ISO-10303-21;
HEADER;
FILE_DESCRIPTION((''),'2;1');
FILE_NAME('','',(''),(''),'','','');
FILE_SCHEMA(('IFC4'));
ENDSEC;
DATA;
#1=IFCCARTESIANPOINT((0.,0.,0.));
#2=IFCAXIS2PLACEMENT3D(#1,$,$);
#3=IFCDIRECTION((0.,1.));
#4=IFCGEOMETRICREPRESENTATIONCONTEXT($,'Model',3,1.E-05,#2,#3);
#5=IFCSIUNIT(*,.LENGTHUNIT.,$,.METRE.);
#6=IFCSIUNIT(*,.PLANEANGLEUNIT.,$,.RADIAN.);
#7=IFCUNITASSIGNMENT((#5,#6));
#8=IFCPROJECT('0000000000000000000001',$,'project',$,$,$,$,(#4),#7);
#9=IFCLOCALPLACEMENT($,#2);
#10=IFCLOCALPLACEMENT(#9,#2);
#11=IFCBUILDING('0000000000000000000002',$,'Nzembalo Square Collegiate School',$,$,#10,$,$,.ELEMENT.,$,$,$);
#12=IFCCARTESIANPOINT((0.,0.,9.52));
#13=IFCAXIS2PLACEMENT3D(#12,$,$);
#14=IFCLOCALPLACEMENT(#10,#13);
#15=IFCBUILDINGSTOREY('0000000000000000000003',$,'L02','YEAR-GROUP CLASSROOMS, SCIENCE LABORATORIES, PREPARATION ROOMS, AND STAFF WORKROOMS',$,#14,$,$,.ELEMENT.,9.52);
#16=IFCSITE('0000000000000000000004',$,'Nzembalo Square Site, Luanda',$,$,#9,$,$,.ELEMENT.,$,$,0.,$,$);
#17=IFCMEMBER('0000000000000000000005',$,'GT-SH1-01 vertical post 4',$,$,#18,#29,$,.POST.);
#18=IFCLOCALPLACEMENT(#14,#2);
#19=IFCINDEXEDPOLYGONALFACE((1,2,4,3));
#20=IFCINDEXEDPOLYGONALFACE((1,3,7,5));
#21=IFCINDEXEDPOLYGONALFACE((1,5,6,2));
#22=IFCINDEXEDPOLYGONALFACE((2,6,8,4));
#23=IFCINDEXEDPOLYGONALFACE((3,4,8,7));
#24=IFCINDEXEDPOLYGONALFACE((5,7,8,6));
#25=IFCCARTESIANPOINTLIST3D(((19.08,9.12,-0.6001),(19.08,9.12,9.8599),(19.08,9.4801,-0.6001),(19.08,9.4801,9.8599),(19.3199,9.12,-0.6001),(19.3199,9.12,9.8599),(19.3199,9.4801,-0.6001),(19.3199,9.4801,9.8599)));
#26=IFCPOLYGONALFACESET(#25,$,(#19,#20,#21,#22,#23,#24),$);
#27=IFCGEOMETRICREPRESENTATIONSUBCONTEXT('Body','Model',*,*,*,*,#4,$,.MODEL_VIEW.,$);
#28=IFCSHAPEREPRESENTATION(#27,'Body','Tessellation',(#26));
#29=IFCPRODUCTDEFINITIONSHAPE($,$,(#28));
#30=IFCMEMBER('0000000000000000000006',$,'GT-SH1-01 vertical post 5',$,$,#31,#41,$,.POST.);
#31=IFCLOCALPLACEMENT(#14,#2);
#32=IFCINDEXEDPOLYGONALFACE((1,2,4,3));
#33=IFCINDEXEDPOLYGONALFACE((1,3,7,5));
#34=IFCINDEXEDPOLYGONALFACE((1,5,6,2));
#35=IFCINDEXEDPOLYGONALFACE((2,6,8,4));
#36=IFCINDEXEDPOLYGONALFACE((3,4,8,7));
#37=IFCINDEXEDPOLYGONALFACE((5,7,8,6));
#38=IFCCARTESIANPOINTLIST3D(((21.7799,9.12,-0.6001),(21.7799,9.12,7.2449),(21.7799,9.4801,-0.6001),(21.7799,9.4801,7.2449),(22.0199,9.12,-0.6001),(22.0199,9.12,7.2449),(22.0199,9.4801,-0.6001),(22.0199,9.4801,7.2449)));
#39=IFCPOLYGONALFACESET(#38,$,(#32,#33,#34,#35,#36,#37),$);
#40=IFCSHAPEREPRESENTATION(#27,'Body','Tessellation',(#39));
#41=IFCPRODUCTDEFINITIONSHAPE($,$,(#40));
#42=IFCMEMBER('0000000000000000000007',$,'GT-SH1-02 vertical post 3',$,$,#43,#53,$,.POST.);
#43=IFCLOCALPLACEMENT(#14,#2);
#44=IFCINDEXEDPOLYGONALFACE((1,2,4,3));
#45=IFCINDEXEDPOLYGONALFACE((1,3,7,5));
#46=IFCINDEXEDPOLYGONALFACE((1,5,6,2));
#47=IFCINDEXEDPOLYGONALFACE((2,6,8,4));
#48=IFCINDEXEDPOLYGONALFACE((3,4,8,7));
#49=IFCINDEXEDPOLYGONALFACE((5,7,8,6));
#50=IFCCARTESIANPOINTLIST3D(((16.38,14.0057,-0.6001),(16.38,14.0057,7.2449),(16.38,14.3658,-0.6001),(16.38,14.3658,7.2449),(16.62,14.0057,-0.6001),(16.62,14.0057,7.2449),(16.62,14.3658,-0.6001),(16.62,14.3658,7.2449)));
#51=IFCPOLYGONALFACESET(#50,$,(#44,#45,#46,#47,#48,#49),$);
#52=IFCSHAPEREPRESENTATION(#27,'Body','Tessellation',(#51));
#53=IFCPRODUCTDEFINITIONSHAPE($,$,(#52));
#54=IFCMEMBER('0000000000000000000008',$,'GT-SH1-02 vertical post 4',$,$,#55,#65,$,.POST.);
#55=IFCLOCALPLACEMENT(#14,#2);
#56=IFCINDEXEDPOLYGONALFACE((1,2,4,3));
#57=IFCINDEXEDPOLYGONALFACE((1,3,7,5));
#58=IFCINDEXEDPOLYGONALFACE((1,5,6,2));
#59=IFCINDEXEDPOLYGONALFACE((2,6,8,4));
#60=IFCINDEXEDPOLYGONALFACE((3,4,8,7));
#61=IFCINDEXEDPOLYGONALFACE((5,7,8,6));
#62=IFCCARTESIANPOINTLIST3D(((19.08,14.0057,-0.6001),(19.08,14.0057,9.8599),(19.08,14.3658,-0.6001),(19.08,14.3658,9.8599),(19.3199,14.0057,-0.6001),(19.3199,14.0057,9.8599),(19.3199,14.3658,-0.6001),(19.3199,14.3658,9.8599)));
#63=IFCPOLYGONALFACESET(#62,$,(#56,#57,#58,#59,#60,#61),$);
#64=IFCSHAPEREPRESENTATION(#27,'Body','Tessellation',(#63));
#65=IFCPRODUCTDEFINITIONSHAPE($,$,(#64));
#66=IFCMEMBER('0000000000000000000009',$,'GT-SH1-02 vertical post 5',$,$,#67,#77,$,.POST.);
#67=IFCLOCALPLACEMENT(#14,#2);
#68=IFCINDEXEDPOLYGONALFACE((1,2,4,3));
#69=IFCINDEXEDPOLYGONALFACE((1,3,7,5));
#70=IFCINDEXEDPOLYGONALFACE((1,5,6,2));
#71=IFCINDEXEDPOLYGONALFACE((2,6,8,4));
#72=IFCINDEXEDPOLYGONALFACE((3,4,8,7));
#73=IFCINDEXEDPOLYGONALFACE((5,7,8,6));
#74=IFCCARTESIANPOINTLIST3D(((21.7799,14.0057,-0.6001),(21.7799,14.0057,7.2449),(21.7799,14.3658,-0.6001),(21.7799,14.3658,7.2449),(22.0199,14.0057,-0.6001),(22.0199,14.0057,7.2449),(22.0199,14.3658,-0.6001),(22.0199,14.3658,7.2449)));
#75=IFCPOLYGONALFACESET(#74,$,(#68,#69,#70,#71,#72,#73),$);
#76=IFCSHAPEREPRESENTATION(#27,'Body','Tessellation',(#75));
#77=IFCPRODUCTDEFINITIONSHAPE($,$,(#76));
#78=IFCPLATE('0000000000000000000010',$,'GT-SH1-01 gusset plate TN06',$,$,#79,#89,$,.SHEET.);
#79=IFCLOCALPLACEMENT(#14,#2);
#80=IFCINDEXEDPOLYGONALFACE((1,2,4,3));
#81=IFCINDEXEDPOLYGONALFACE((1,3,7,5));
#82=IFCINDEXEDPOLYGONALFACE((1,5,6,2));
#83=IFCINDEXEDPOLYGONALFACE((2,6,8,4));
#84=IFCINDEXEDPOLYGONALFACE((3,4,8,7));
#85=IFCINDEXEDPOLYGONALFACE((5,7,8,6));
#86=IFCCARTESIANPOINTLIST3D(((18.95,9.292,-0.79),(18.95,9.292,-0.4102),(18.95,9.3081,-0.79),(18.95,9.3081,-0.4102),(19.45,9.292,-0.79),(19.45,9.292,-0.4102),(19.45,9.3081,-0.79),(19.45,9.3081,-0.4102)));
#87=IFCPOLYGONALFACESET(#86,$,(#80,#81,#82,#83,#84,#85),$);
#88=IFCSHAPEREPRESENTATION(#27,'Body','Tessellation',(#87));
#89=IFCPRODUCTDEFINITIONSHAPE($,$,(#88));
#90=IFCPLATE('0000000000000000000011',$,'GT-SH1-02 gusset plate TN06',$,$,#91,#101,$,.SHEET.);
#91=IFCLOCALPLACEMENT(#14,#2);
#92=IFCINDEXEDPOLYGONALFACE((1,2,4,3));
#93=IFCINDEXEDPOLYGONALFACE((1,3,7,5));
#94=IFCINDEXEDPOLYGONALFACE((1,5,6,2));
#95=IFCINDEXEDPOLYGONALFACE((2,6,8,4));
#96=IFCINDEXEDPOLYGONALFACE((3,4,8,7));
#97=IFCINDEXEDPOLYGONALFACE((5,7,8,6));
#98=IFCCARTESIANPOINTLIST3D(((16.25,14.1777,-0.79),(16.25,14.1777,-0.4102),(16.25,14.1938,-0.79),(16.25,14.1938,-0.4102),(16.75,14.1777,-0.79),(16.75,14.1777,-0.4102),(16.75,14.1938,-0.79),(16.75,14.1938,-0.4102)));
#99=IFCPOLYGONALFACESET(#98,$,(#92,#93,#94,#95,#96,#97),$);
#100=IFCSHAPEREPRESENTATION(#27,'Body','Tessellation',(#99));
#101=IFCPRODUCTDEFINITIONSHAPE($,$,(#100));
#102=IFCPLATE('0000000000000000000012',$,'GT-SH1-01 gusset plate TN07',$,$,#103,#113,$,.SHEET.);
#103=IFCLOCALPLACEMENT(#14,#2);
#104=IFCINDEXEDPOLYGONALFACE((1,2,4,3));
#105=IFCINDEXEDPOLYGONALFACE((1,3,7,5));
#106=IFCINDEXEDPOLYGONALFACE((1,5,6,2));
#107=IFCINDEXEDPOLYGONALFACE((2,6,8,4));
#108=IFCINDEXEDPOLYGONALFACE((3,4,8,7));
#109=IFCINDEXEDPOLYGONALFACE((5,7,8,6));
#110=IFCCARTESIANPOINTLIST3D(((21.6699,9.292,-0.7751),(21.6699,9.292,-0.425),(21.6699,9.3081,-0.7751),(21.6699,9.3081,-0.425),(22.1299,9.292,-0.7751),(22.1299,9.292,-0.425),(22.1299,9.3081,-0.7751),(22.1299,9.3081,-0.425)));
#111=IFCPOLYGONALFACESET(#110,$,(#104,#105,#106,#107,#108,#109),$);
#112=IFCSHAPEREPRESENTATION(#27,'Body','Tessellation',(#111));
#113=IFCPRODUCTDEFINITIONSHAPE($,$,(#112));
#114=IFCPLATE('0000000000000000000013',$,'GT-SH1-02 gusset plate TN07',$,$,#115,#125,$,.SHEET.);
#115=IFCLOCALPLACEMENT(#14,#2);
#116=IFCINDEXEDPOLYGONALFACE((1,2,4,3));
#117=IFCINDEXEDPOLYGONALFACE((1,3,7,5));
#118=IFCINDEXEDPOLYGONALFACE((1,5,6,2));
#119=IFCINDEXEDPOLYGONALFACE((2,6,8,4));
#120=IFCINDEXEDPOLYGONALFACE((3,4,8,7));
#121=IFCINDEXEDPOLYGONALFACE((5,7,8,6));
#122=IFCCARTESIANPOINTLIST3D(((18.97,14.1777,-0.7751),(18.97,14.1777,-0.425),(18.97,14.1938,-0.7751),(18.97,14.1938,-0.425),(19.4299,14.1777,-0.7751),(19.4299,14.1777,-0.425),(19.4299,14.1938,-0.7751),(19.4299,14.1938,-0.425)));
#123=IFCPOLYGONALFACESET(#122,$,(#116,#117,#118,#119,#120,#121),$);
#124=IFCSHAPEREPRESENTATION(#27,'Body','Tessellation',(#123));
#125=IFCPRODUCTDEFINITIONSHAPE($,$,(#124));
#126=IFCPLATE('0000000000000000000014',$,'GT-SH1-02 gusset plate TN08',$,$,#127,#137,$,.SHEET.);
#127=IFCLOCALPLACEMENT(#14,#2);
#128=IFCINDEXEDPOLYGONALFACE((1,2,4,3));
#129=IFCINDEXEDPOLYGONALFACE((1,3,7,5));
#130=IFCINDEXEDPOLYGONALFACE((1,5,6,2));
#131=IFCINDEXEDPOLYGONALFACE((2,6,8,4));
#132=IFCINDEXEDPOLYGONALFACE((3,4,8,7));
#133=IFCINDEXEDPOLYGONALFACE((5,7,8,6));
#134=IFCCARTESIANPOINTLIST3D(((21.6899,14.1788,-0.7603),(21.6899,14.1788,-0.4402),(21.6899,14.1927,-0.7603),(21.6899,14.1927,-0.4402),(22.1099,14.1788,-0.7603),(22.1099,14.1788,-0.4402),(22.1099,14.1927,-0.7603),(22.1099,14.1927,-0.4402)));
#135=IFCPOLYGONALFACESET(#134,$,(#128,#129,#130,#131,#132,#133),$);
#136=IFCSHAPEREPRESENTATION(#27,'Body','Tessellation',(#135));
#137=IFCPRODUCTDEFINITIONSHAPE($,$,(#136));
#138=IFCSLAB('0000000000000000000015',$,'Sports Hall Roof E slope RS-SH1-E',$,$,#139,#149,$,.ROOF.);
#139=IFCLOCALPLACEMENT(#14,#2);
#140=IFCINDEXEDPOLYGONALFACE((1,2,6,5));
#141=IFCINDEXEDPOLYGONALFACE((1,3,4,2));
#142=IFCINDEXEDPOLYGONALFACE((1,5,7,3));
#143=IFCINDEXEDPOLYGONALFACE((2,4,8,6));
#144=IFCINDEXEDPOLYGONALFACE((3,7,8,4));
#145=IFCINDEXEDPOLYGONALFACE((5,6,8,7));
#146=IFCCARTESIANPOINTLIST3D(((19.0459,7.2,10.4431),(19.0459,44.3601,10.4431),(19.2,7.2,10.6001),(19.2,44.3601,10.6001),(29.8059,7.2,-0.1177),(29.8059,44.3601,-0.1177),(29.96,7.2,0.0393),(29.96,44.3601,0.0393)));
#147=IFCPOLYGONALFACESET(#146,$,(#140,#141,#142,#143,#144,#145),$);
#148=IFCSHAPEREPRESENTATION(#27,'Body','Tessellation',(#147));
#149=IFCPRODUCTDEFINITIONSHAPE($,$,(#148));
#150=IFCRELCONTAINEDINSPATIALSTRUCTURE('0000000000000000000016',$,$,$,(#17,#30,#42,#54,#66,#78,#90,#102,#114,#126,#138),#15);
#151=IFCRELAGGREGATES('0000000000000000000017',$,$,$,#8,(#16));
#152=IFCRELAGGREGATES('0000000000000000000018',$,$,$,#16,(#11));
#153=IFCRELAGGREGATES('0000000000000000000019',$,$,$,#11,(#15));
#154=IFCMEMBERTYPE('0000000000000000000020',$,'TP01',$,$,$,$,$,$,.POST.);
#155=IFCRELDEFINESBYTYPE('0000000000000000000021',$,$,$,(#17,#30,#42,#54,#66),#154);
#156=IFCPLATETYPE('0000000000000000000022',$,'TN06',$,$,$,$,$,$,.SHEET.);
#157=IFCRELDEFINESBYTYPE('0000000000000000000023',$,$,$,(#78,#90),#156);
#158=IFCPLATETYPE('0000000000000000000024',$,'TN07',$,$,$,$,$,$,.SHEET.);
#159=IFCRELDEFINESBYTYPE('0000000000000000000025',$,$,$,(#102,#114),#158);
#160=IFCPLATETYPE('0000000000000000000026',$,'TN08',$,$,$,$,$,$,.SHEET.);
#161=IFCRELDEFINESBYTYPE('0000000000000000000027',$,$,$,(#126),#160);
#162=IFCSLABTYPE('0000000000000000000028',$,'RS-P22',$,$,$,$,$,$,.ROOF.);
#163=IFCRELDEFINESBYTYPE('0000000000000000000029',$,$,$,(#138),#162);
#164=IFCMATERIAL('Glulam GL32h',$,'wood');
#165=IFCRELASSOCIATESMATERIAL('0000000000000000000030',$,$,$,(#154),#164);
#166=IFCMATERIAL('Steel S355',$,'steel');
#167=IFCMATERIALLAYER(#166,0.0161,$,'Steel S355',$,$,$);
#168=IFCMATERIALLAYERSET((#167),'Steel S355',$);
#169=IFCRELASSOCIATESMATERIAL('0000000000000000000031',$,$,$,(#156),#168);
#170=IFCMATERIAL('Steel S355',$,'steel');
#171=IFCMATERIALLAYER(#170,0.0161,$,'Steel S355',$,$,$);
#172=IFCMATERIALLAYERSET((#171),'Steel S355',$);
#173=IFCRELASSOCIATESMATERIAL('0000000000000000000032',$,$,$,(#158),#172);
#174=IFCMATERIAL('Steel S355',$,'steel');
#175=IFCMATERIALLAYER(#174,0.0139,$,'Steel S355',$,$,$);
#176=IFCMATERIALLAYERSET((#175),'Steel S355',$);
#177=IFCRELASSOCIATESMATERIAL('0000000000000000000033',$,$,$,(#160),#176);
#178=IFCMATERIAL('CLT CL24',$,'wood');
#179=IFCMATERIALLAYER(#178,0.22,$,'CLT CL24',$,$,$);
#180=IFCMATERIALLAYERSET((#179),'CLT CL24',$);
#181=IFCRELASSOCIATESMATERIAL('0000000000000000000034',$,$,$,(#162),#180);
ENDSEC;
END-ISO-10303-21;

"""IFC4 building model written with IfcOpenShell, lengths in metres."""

from ifc_helpers import new_model, si_unit, direction, frame, origin, origin_2d, place, context, subcontext, project, spatial, polyline, rectangle, outline, extrude, material, layer, layer_set, material_profile, profile_set, type_object, element, save


model = new_model("IFC4")

# Units and contexts
model_context = context("Model", 3, precision=1e-05, world=origin(), true_north=direction((0.0, 1.0)))
body_context = subcontext(model_context, "Body", "Model", "MODEL_VIEW")
ifc_project = project(units=[si_unit("LENGTHUNIT", "METRE"), si_unit("PLANEANGLEUNIT", "RADIAN")], contexts=[model_context])

# Site, building, storey
site_placement = place(None, origin())
site = spatial("IfcSite", under=ifc_project, at=site_placement, Name="Nzembalo Square Site, Luanda", CompositionType="ELEMENT", RefElevation=0.0)
building_placement = place(site_placement, origin())
building = spatial("IfcBuilding", under=site, at=building_placement, Name="Nzembalo Square Collegiate School", CompositionType="ELEMENT")
storey_placement = place(building_placement, frame((0.0, 0.0, 9.52)))
storey = spatial("IfcBuildingStorey", under=building, at=storey_placement, Name="L02", Description="YEAR-GROUP CLASSROOMS, SCIENCE LABORATORIES, PREPARATION ROOMS, AND STAFF WORKROOMS", CompositionType="ELEMENT", Elevation=9.52)

# Members
ifc_material_1 = material(Name="Glulam GL32h", Category="wood")
ifc_material_profile_1 = material_profile(ifc_material_1, rectangle(XDim=0.24, YDim=0.3601, at=origin_2d()), Name="GL32h 240x360")
ifc_profile_set_1 = profile_set([ifc_material_profile_1], Name="Glulam GL32h")
member_type_1 = type_object("IfcMemberType", Name="TP01", PredefinedType="POST", material=ifc_profile_set_1)
member_1_placement = place(storey_placement, frame((19.2, 9.3, -0.6001), z_axis=(0.0, 0.0, 1.0), x_axis=(1.0, 0.0, 0.0)))
element("IfcMember", 1, at=member_1_placement, inside=storey, type_object=member_type_1, Name="GT-SH1-01 vertical post 4", PredefinedType="POST", context=body_context, shape_type="SweptSolid", body=[
    extrude(rectangle(XDim=0.24, YDim=0.3601, at=origin_2d()), origin(), (0.0, 0.0, 1.0), 10.46),
])
for number, where, z_axis, x_axis, name in (
    (2, (21.8999, 9.3, -0.6001), (0.0, 0.0, 1.0), (1.0, 0.0, 0.0), "GT-SH1-01 vertical post 5"),
    (3, (16.5, 14.1858, -0.6001), (0.0, 0.0, 1.0), (1.0, 0.0, 0.0), "GT-SH1-02 vertical post 3"),
):
    element("IfcMember", number, at=place(storey_placement, frame(where, z_axis=z_axis, x_axis=x_axis)), inside=storey, type_object=member_type_1, Name=name, PredefinedType="POST", context=body_context, shape_type="SweptSolid", body=[
        extrude(rectangle(XDim=0.24, YDim=0.3601, at=origin_2d()), origin(), (0.0, 0.0, 1.0), 7.845),
    ])
member_2_placement = place(storey_placement, frame((19.2, 14.1858, -0.6001), z_axis=(0.0, 0.0, 1.0), x_axis=(1.0, 0.0, 0.0)))
element("IfcMember", 4, at=member_2_placement, inside=storey, type_object=member_type_1, Name="GT-SH1-02 vertical post 4", PredefinedType="POST", context=body_context, shape_type="SweptSolid", body=[
    extrude(rectangle(XDim=0.24, YDim=0.3601, at=origin_2d()), origin(), (0.0, 0.0, 1.0), 10.46),
])
member_3_placement = place(storey_placement, frame((21.8999, 14.1858, -0.6001), z_axis=(0.0, 0.0, 1.0), x_axis=(1.0, 0.0, 0.0)))
element("IfcMember", 5, at=member_3_placement, inside=storey, type_object=member_type_1, Name="GT-SH1-02 vertical post 5", PredefinedType="POST", context=body_context, shape_type="SweptSolid", body=[
    extrude(rectangle(XDim=0.24, YDim=0.3601, at=origin_2d()), origin(), (0.0, 0.0, 1.0), 7.845),
])

# Plates
ifc_material_2 = material(Name="Steel S355", Category="steel")
ifc_layer_1 = layer(ifc_material_2, 0.0161, Name="Steel S355")
ifc_layer_set_1 = layer_set([ifc_layer_1], Name="Steel S355")
plate_type_1 = type_object("IfcPlateType", Name="TN06", PredefinedType="SHEET", material=ifc_layer_set_1)
for number, where, z_axis, x_axis, name in (
    (6, (19.2, 9.3, -0.79), (0.0, 0.0, 1.0), (1.0, 0.0, 0.0), "GT-SH1-01 gusset plate TN06"),
    (7, (16.5, 14.1858, -0.79), (0.0, 0.0, 1.0), (1.0, 0.0, 0.0), "GT-SH1-02 gusset plate TN06"),
):
    element("IfcPlate", number, at=place(storey_placement, frame(where, z_axis=z_axis, x_axis=x_axis)), inside=storey, type_object=plate_type_1, Name=name, PredefinedType="SHEET", context=body_context, shape_type="SweptSolid", body=[
        extrude(rectangle(XDim=0.5, YDim=0.0161, at=origin_2d()), origin(), (0.0, 0.0, 1.0), 0.3799),
    ])
ifc_material_3 = material(Name="Steel S355", Category="steel")
ifc_layer_2 = layer(ifc_material_3, 0.0161, Name="Steel S355")
ifc_layer_set_2 = layer_set([ifc_layer_2], Name="Steel S355")
plate_type_2 = type_object("IfcPlateType", Name="TN07", PredefinedType="SHEET", material=ifc_layer_set_2)
for number, where, z_axis, x_axis, name in (
    (8, (21.8999, 9.3, -0.7751), (0.0, 0.0, 1.0), (1.0, 0.0, 0.0), "GT-SH1-01 gusset plate TN07"),
    (9, (19.2, 14.1858, -0.7751), (0.0, 0.0, 1.0), (1.0, 0.0, 0.0), "GT-SH1-02 gusset plate TN07"),
):
    element("IfcPlate", number, at=place(storey_placement, frame(where, z_axis=z_axis, x_axis=x_axis)), inside=storey, type_object=plate_type_2, Name=name, PredefinedType="SHEET", context=body_context, shape_type="SweptSolid", body=[
        extrude(rectangle(XDim=0.46, YDim=0.0161, at=origin_2d()), origin(), (0.0, 0.0, 1.0), 0.3501),
    ])
ifc_material_4 = material(Name="Steel S355", Category="steel")
ifc_layer_3 = layer(ifc_material_4, 0.0139, Name="Steel S355")
ifc_layer_set_3 = layer_set([ifc_layer_3], Name="Steel S355")
plate_type_3 = type_object("IfcPlateType", Name="TN08", PredefinedType="SHEET", material=ifc_layer_set_3)
plate_placement = place(storey_placement, frame((21.8999, 14.1858, -0.7603), z_axis=(0.0, 0.0, 1.0), x_axis=(1.0, 0.0, 0.0)))
element("IfcPlate", 10, at=plate_placement, inside=storey, type_object=plate_type_3, Name="GT-SH1-02 gusset plate TN08", PredefinedType="SHEET", context=body_context, shape_type="SweptSolid", body=[
    extrude(rectangle(XDim=0.4199, YDim=0.0139, at=origin_2d()), origin(), (0.0, 0.0, 1.0), 0.3201),
])

# Slab
ifc_material_5 = material(Name="CLT CL24", Category="wood")
ifc_layer_4 = layer(ifc_material_5, 0.22, Name="CLT CL24")
ifc_layer_set_4 = layer_set([ifc_layer_4], Name="CLT CL24")
slab_type = type_object("IfcSlabType", Name="RS-P22", PredefinedType="ROOF", material=ifc_layer_set_4)
slab_placement = place(storey_placement, frame((19.2, 7.2, 10.6001), z_axis=(0.700469, 0.0, 0.713683), x_axis=(0.713683, 0.0, -0.700469)))
element("IfcSlab", 11, at=slab_placement, inside=storey, type_object=slab_type, Name="Sports Hall Roof E slope RS-SH1-E", PredefinedType="ROOF", context=body_context, shape_type="SweptSolid", body=[
    extrude(outline(polyline([(0.0, 0.0), (15.0767, 0.0), (15.0767, 37.1602), (0.0, 37.1602), (0.0, 0.0)])), origin(), (0.0, 0.0, -1.0), 0.22),
])

save(model, "model.ifc")
